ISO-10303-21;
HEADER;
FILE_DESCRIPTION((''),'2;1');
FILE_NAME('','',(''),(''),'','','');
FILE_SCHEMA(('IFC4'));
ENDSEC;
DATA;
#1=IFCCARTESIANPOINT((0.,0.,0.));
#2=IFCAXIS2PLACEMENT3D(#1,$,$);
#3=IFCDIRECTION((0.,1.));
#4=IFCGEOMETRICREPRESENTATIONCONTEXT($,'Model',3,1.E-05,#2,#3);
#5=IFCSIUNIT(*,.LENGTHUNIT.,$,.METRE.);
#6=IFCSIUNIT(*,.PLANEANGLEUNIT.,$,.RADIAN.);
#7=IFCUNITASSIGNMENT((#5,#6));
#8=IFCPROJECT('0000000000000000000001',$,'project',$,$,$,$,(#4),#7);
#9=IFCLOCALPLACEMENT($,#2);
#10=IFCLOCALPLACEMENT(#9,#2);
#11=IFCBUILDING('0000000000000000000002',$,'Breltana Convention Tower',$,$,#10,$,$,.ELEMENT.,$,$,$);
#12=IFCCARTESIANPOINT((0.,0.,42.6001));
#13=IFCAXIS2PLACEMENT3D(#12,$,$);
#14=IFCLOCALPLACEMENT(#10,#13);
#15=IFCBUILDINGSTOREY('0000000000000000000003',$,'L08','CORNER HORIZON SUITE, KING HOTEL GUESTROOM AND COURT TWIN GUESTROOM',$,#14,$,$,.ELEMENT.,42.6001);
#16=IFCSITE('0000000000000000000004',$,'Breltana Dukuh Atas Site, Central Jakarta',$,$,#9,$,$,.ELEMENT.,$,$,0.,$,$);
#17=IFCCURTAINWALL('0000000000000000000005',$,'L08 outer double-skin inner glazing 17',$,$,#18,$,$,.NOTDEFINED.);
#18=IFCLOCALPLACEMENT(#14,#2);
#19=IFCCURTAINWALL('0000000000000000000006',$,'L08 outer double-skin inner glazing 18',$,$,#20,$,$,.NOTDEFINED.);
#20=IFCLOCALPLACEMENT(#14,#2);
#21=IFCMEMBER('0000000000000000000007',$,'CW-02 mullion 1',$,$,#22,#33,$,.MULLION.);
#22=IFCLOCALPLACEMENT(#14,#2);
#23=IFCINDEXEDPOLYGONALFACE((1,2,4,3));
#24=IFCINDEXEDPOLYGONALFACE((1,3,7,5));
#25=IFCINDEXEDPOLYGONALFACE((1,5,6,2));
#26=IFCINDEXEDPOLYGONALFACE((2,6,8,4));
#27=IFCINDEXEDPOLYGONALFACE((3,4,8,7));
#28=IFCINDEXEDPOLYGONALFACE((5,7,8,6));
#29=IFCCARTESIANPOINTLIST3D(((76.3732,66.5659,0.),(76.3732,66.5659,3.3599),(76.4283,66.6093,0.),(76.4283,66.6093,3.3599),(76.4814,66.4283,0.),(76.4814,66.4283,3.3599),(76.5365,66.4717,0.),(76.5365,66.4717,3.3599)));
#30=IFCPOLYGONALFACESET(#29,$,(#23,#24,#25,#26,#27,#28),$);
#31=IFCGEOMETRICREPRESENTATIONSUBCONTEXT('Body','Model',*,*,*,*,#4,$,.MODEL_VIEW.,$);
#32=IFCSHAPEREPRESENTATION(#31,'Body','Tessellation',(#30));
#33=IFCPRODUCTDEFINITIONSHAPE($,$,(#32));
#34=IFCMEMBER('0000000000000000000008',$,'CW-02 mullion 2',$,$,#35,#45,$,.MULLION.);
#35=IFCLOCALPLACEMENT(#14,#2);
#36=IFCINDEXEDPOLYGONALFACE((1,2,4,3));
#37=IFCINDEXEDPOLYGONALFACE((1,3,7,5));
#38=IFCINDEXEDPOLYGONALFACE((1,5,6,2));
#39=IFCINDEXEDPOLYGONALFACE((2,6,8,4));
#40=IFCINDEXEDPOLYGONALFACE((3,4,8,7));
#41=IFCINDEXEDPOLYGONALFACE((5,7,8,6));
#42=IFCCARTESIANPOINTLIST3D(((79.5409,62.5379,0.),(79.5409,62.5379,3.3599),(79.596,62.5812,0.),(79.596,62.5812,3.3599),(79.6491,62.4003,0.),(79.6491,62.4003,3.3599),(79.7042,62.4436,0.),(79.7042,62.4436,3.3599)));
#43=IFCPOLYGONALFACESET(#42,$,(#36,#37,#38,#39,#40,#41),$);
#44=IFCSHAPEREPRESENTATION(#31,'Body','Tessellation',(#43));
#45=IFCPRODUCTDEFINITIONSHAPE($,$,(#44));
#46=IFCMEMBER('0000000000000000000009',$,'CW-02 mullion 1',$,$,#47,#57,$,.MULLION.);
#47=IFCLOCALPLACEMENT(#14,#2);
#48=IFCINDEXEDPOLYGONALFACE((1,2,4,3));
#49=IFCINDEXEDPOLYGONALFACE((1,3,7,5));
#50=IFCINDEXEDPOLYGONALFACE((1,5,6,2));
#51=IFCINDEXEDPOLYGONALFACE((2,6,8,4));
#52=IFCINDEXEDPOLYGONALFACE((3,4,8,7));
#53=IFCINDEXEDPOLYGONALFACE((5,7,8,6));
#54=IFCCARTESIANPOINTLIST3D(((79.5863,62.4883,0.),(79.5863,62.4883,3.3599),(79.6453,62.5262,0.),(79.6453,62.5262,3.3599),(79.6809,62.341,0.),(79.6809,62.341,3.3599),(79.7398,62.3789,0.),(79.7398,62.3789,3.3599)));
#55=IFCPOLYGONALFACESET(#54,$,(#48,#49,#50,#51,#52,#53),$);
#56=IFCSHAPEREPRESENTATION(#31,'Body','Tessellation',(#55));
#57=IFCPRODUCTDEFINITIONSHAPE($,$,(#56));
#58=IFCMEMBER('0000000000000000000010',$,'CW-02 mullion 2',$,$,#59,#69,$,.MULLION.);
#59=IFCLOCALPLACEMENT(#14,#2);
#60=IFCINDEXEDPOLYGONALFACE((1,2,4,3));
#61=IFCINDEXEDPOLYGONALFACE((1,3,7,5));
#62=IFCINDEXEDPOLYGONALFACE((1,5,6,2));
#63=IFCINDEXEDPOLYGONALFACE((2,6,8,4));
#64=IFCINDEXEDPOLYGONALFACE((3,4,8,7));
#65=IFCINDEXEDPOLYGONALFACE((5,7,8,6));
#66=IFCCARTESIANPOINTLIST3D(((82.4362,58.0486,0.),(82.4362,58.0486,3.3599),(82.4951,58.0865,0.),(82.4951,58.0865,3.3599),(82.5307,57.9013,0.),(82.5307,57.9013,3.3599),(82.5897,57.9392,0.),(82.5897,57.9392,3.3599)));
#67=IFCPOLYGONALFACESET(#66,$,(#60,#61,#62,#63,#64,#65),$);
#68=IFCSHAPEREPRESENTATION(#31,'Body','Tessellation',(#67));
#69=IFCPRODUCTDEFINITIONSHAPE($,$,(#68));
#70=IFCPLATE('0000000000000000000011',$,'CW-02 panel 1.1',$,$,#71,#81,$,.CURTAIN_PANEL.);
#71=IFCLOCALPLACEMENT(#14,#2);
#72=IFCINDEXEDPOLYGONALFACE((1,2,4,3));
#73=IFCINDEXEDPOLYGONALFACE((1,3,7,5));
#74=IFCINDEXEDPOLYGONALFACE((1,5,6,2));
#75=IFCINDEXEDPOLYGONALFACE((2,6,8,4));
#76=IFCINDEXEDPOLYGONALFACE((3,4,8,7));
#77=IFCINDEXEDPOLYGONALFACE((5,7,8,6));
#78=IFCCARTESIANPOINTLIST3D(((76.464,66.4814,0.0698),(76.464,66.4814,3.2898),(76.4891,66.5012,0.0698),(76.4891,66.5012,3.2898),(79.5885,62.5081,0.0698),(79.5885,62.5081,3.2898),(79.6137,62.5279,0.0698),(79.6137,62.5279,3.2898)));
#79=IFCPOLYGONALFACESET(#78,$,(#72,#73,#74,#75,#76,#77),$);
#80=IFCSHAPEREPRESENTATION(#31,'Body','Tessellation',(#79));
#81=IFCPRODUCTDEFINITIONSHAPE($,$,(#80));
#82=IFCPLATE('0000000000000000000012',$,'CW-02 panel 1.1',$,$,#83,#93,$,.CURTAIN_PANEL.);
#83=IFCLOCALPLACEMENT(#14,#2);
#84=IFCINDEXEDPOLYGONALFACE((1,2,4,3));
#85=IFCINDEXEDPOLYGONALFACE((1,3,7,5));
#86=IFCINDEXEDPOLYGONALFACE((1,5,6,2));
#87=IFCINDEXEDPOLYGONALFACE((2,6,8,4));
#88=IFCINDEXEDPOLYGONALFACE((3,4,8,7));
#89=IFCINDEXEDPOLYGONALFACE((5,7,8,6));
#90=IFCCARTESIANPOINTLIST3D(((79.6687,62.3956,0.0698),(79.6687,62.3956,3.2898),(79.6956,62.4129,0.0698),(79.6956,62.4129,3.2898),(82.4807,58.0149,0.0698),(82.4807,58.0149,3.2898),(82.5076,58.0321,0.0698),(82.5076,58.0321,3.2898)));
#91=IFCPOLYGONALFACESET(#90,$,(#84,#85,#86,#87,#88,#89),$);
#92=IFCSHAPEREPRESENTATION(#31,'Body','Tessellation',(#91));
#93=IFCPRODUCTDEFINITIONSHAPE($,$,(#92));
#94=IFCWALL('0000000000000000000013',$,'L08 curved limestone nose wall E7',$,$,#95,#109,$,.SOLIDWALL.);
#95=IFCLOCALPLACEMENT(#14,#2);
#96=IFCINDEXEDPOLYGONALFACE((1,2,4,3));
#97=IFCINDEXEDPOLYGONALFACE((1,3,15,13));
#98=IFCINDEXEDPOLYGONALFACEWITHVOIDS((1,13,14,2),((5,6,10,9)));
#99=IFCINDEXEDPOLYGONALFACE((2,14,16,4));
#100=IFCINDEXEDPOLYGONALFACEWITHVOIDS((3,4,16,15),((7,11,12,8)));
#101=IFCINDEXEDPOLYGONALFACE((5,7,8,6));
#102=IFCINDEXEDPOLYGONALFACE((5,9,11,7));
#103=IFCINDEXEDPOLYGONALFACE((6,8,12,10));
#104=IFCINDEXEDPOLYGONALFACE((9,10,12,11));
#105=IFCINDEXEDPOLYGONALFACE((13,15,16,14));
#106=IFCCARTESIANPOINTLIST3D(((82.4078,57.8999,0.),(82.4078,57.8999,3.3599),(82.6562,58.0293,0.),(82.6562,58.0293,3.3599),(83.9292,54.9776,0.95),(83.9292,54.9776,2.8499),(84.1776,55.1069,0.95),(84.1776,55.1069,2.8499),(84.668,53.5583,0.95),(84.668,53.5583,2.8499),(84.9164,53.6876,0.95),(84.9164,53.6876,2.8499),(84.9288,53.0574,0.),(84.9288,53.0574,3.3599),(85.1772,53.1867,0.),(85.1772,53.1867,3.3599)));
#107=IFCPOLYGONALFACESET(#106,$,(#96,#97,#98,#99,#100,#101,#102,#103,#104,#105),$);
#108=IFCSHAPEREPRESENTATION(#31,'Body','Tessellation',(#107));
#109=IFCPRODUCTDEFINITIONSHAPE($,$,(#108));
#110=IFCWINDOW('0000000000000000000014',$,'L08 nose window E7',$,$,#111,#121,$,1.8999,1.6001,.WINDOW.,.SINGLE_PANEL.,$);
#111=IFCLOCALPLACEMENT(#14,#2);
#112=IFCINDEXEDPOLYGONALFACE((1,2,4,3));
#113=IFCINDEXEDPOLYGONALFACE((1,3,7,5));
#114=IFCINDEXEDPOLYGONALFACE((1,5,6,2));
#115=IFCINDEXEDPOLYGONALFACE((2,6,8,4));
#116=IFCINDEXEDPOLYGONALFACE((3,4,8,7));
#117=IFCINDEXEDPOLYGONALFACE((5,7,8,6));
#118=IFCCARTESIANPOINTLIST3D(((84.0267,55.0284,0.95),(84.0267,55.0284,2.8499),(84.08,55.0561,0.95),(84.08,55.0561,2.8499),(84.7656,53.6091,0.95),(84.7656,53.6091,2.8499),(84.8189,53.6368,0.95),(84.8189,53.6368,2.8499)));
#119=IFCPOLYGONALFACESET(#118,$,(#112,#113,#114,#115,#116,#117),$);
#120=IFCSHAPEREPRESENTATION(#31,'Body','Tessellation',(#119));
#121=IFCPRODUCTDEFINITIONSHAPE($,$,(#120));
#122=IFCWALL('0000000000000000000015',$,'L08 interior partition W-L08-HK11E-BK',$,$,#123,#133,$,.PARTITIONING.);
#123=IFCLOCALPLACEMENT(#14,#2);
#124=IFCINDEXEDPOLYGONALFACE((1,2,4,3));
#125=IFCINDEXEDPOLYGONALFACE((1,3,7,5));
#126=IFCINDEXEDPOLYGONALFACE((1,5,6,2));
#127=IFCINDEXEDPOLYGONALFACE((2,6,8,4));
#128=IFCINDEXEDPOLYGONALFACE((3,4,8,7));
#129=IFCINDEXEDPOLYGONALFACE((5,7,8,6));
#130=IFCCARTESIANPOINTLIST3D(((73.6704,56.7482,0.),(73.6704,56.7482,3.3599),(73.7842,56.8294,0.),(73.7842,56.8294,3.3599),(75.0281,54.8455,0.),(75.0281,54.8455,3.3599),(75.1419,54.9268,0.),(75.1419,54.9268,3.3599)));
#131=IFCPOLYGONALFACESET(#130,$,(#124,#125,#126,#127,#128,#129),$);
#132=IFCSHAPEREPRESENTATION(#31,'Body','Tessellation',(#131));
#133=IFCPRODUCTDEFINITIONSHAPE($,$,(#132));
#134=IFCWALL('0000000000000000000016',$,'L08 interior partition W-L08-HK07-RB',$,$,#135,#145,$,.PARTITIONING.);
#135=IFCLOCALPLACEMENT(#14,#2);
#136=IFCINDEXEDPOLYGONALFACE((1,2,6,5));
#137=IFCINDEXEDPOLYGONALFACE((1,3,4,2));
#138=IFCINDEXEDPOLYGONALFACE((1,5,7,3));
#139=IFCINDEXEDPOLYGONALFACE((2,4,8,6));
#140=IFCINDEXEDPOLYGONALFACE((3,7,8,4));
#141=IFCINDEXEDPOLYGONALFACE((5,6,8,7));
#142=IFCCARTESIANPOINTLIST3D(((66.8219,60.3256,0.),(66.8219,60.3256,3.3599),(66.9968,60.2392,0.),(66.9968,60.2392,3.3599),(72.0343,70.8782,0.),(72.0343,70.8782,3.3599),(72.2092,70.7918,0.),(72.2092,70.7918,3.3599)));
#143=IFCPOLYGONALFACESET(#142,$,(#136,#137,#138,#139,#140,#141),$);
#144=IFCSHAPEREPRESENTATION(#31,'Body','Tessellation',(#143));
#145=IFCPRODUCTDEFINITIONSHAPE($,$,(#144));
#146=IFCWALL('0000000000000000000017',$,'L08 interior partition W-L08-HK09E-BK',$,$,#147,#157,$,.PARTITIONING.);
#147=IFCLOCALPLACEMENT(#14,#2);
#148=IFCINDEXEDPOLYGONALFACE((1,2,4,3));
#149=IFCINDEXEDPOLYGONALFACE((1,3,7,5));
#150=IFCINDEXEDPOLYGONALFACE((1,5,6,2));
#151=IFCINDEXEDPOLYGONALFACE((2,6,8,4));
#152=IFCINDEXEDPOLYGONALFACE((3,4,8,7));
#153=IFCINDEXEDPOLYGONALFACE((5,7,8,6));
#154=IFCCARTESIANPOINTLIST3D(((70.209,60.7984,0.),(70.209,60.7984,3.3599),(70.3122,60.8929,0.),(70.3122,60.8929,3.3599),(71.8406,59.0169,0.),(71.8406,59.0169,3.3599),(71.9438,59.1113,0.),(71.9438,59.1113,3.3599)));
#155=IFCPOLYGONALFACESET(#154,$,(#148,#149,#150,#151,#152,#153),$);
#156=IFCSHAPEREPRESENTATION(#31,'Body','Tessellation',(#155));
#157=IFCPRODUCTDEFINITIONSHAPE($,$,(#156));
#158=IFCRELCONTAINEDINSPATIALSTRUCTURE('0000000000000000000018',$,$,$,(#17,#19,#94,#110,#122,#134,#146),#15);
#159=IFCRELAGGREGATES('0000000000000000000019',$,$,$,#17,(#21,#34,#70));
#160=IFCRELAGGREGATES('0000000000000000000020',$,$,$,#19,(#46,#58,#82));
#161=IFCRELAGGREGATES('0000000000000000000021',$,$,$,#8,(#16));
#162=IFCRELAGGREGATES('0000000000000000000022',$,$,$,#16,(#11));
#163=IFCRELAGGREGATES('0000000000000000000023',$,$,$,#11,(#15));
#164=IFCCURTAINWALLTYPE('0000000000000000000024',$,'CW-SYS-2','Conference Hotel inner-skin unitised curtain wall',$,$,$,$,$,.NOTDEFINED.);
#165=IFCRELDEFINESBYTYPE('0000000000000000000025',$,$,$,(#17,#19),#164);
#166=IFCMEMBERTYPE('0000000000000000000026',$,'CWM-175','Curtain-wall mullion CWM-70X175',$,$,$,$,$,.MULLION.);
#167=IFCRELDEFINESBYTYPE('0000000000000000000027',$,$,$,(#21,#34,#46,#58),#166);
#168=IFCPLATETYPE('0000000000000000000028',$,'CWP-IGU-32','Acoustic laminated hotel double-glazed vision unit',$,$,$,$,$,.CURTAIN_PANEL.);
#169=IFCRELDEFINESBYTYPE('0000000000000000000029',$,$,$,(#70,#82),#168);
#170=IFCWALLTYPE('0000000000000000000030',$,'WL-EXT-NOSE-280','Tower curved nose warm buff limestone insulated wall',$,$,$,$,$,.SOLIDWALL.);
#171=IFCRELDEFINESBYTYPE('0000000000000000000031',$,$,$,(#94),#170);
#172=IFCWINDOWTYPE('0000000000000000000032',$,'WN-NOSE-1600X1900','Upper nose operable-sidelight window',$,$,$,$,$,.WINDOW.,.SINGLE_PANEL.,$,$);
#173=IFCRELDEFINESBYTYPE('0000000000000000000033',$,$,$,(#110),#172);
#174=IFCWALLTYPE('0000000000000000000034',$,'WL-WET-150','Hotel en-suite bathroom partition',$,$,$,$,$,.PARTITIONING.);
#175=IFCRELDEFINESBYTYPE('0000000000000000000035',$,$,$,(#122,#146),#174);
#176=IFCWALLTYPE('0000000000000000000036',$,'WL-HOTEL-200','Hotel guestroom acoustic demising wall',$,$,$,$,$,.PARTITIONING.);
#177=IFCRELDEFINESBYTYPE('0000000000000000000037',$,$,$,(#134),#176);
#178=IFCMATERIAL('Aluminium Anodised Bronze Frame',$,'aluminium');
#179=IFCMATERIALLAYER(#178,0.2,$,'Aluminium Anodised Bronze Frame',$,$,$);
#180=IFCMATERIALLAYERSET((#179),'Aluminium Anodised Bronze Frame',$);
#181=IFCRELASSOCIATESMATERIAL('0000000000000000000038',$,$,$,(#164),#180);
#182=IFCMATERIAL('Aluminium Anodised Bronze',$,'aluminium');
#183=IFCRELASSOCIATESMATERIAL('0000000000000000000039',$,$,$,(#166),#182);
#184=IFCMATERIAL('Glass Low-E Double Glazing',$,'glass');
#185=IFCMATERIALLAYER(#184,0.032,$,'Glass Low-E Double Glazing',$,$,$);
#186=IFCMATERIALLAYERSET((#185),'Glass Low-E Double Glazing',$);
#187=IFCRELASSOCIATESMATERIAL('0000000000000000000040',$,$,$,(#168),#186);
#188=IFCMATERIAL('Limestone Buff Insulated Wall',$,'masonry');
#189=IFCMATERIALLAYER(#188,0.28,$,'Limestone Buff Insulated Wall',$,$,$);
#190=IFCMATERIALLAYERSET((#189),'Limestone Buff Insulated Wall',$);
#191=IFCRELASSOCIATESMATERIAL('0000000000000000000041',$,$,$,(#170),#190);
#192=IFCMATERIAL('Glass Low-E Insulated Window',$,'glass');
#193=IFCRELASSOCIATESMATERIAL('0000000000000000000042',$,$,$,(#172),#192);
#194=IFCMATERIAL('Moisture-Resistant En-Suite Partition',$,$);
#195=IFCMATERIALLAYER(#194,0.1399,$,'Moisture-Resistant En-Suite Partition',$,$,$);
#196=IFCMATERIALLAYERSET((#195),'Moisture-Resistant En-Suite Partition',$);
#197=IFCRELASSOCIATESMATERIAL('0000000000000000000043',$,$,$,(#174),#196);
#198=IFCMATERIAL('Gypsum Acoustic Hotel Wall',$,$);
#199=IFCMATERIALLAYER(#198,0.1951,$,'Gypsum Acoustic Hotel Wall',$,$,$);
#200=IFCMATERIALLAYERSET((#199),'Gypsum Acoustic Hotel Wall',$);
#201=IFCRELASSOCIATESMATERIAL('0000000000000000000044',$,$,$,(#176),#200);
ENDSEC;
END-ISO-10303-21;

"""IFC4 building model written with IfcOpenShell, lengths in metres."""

from ifc_helpers import new_model, si_unit, direction, frame, frame_2d, origin, origin_2d, place, context, subcontext, project, spatial, rectangle, extrude, source, transform, mapped, material, layer, layer_set, material_profile, profile_set, type_object, type_shapes, element, fill, aggregate, save


model = new_model("IFC4")

# Units and contexts
model_context = context("Model", 3, precision=1e-05, world=origin(), true_north=direction((0.0, 1.0)))
body_context = subcontext(model_context, "Body", "Model", "MODEL_VIEW")
ifc_project = project(units=[si_unit("LENGTHUNIT", "METRE"), si_unit("PLANEANGLEUNIT", "RADIAN")], contexts=[model_context])

# Site, building, storey
site_placement = place(None, origin())
site = spatial("IfcSite", under=ifc_project, at=site_placement, Name="Breltana Dukuh Atas Site, Central Jakarta", CompositionType="ELEMENT", RefElevation=0.0)
building_placement = place(site_placement, origin())
building = spatial("IfcBuilding", under=site, at=building_placement, Name="Breltana Convention Tower", CompositionType="ELEMENT")
storey_placement = place(building_placement, frame((0.0, 0.0, 42.6001)))
storey = spatial("IfcBuildingStorey", under=building, at=storey_placement, Name="L08", Description="CORNER HORIZON SUITE, KING HOTEL GUESTROOM AND COURT TWIN GUESTROOM", CompositionType="ELEMENT", Elevation=42.6001)

# Curtain walls
ifc_material_1 = material(Name="Aluminium Anodised Bronze Frame", Category="aluminium")
ifc_layer_1 = layer(ifc_material_1, 0.2, Name="Aluminium Anodised Bronze Frame")
ifc_layer_set_1 = layer_set([ifc_layer_1], Name="Aluminium Anodised Bronze Frame")
curtain_wall_type = type_object("IfcCurtainWallType", Name="CW-SYS-2", Description="Conference Hotel inner-skin unitised curtain wall", PredefinedType="NOTDEFINED", material=ifc_layer_set_1)
curtain_wall_1_placement = place(storey_placement, origin())
curtain_wall_1 = element("IfcCurtainWall", 1, at=curtain_wall_1_placement, inside=storey, type_object=curtain_wall_type, Name="L08 outer double-skin inner glazing 17", PredefinedType="NOTDEFINED")
ifc_material_2 = material(Name="Aluminium Anodised Bronze", Category="aluminium")
curtain_wall_2_placement = place(storey_placement, origin())
curtain_wall_2 = element("IfcCurtainWall", 2, at=curtain_wall_2_placement, inside=storey, type_object=curtain_wall_type, Name="L08 outer double-skin inner glazing 18", PredefinedType="NOTDEFINED")

# Shared definitions
ifc_material_profile_1 = material_profile(ifc_material_2, rectangle(XDim=0.0701, YDim=0.175, at=origin_2d()), Name="CWM-70X175")
ifc_profile_set_1 = profile_set([ifc_material_profile_1], Name="Aluminium Anodised Bronze")
member_type_1 = type_object("IfcMemberType", Name="CWM-175", Description="Curtain-wall mullion CWM-70X175", PredefinedType="MULLION", material=ifc_profile_set_1)
shared_shape_1 = source(origin(), body_context, "Body", "SweptSolid", [
    extrude(rectangle(XDim=0.0701, YDim=0.175, at=origin_2d()), origin(), (0.0, 0.0, 1.0), 3.3599),
])

# Members
member_1_placement = place(storey_placement, frame((76.4548, 66.5188, 0.0), z_axis=(0.0, 0.0, 1.0), x_axis=(0.786057, 0.618154, 0.0)))
member_1 = element("IfcMember", 3, at=member_1_placement, type_object=member_type_1, Name="CW-02 mullion 1", PredefinedType="MULLION", context=body_context, shape_type="MappedRepresentation", body=[
    mapped(shared_shape_1, transform((0.0, 0.0, 0.0), scale=1.0)),
])
member_2_placement = place(storey_placement, frame((79.6226, 62.4907, 0.0), z_axis=(0.0, 0.0, 1.0), x_axis=(0.786057, 0.618154, 0.0)))
member_2 = element("IfcMember", 4, at=member_2_placement, type_object=member_type_1, Name="CW-02 mullion 2", PredefinedType="MULLION", context=body_context, shape_type="MappedRepresentation", body=[
    mapped(shared_shape_1, transform((0.0, 0.0, 0.0), scale=1.0)),
])
member_3_placement = place(storey_placement, frame((79.6631, 62.4336, 0.0), z_axis=(0.0, 0.0, 1.0), x_axis=(0.841549, 0.540181, 0.0)))
member_3 = element("IfcMember", 5, at=member_3_placement, type_object=member_type_1, Name="CW-02 mullion 1", PredefinedType="MULLION", context=body_context, shape_type="MappedRepresentation", body=[
    mapped(shared_shape_1, transform((0.0, 0.0, 0.0), scale=1.0)),
])
member_4_placement = place(storey_placement, frame((82.5129, 57.9939, 0.0), z_axis=(0.0, 0.0, 1.0), x_axis=(0.841549, 0.540181, 0.0)))
member_4 = element("IfcMember", 6, at=member_4_placement, type_object=member_type_1, Name="CW-02 mullion 2", PredefinedType="MULLION", context=body_context, shape_type="MappedRepresentation", body=[
    mapped(shared_shape_1, transform((0.0, 0.0, 0.0), scale=1.0)),
])

# Plates
ifc_material_3 = material(Name="Glass Low-E Double Glazing", Category="glass")
ifc_layer_2 = layer(ifc_material_3, 0.032, Name="Glass Low-E Double Glazing")
ifc_layer_set_2 = layer_set([ifc_layer_2], Name="Glass Low-E Double Glazing")
plate_type = type_object("IfcPlateType", Name="CWP-IGU-32", Description="Acoustic laminated hotel double-glazed vision unit", PredefinedType="CURTAIN_PANEL", material=ifc_layer_set_2)
shared_shape_2 = source(origin(), body_context, "Body", "SweptSolid", [
    extrude(rectangle(XDim=5.0547, YDim=0.032, at=origin_2d()), origin(), (0.0, 0.0, 1.0), 3.22),
])
plate_1_placement = place(storey_placement, frame((78.0388, 64.5046, 0.0698), z_axis=(0.0, 0.0, 1.0), x_axis=(0.618154, -0.786057, 0.0)))
plate_1 = element("IfcPlate", 7, at=plate_1_placement, type_object=plate_type, Name="CW-02 panel 1.1", PredefinedType="CURTAIN_PANEL", context=body_context, shape_type="MappedRepresentation", body=[
    mapped(shared_shape_2, transform((0.0, 0.0, 0.0), scale=1.0)),
])
aggregate(curtain_wall_1, [member_1, member_2, plate_1])
shared_shape_3 = source(origin(), body_context, "Body", "SweptSolid", [
    extrude(rectangle(XDim=5.2056, YDim=0.032, at=origin_2d()), origin(), (0.0, 0.0, 1.0), 3.22),
])
plate_2_placement = place(storey_placement, frame((81.0881, 60.2139, 0.0698), z_axis=(0.0, 0.0, 1.0), x_axis=(0.540181, -0.841549, 0.0)))
plate_2 = element("IfcPlate", 8, at=plate_2_placement, type_object=plate_type, Name="CW-02 panel 1.1", PredefinedType="CURTAIN_PANEL", context=body_context, shape_type="MappedRepresentation", body=[
    mapped(shared_shape_3, transform((0.0, 0.0, 0.0), scale=1.0)),
])
aggregate(curtain_wall_2, [member_3, member_4, plate_2])

# Wall, opening, window
ifc_material_4 = material(Name="Limestone Buff Insulated Wall", Category="masonry")
ifc_layer_3 = layer(ifc_material_4, 0.28, Name="Limestone Buff Insulated Wall")
ifc_layer_set_3 = layer_set([ifc_layer_3], Name="Limestone Buff Insulated Wall")
wall_type_1 = type_object("IfcWallType", Name="WL-EXT-NOSE-280", Description="Tower curved nose warm buff limestone insulated wall", PredefinedType="SOLIDWALL", material=ifc_layer_set_3)
shared_shape_4 = source(origin(), body_context, "Body", "SweptSolid", [
    extrude(rectangle(XDim=5.4595, YDim=0.28, at=frame_2d((2.7297, 0.0))), origin(), (0.0, 0.0, 1.0), 3.3599),
])
wall_1_placement = place(storey_placement, frame((82.532, 57.9646, 0.0), z_axis=(0.0, 0.0, 1.0), x_axis=(0.461768, -0.887001, 0.0)))
wall_1 = element("IfcWall", 9, at=wall_1_placement, inside=storey, type_object=wall_type_1, Name="L08 curved limestone nose wall E7", PredefinedType="SOLIDWALL", context=body_context, shape_type="MappedRepresentation", body=[
    mapped(shared_shape_4, transform((0.0, 0.0, 0.0), scale=1.0)),
])
opening_1_placement = place(wall_1_placement, frame((3.2947, 0.0, 0.95)))
opening_1 = element("IfcOpeningElement", 10, at=opening_1_placement, cuts=wall_1, PredefinedType="OPENING", context=body_context, shape_type="SweptSolid", body=[
    extrude(rectangle(XDim=1.6001, YDim=1.8999, at=frame_2d((0.8, 0.95))), frame((0.0, 0.1499, 0.0), z_axis=(0.0, -1.0, 0.0), x_axis=(1.0, 0.0, 0.0)), (0.0, 0.0, 1.0), 0.3),
])
ifc_material_5 = material(Name="Glass Low-E Insulated Window", Category="glass")
window_type = type_object("IfcWindowType", Name="WN-NOSE-1600X1900", Description="Upper nose operable-sidelight window", PartitioningType="SINGLE_PANEL", PredefinedType="WINDOW", material=ifc_material_5)
shared_shape_5 = source(origin(), body_context, "Body", "SweptSolid", [
    extrude(rectangle(XDim=1.6001, YDim=1.8999, at=frame_2d((0.8, 0.95))), frame((0.0, 0.03, 0.0), z_axis=(0.0, -1.0, 0.0), x_axis=(1.0, 0.0, 0.0)), (0.0, 0.0, 1.0), 0.0601),
])
type_shapes(window_type, [shared_shape_5])
window_placement = place(opening_1_placement, origin())
window = element("IfcWindow", 11, at=window_placement, inside=storey, type_object=window_type, Name="L08 nose window E7", OverallHeight=1.8999, OverallWidth=1.6001, PartitioningType="SINGLE_PANEL", PredefinedType="WINDOW", context=body_context, shape_type="MappedRepresentation", body=[
    mapped(shared_shape_5, transform((0.0, 0.0, 0.0), scale=1.0)),
])
fill(opening_1, window)

# Wall
ifc_material_6 = material(Name="Moisture-Resistant En-Suite Partition")
ifc_layer_4 = layer(ifc_material_6, 0.1399, Name="Moisture-Resistant En-Suite Partition")
ifc_layer_set_4 = layer_set([ifc_layer_4], Name="Moisture-Resistant En-Suite Partition")
wall_type_2 = type_object("IfcWallType", Name="WL-WET-150", Description="Hotel en-suite bathroom partition", PredefinedType="PARTITIONING", material=ifc_layer_set_4)
shared_shape_6 = source(origin(), body_context, "Body", "SweptSolid", [
    extrude(rectangle(XDim=2.3374, YDim=0.1399, at=frame_2d((1.1687, 0.0))), origin(), (0.0, 0.0, 1.0), 3.3599),
])
wall_2_placement = place(storey_placement, frame((73.7273, 56.7888, 0.0), z_axis=(0.0, 0.0, 1.0), x_axis=(0.580863, -0.814002, 0.0)))
element("IfcWall", 12, at=wall_2_placement, inside=storey, type_object=wall_type_2, Name="L08 interior partition W-L08-HK11E-BK", PredefinedType="PARTITIONING", context=body_context, shape_type="MappedRepresentation", body=[
    mapped(shared_shape_6, transform((0.0, 0.0, 0.0), scale=1.0)),
])

# Shared definitions
ifc_material_7 = material(Name="Gypsum Acoustic Hotel Wall")
ifc_layer_5 = layer(ifc_material_7, 0.1951, Name="Gypsum Acoustic Hotel Wall")
ifc_layer_set_5 = layer_set([ifc_layer_5], Name="Gypsum Acoustic Hotel Wall")
wall_type_3 = type_object("IfcWallType", Name="WL-HOTEL-200", Description="Hotel guestroom acoustic demising wall", PredefinedType="PARTITIONING", material=ifc_layer_set_5)

# Walls
shared_shape_7 = source(origin(), body_context, "Body", "SweptSolid", [
    extrude(rectangle(XDim=11.7698, YDim=0.1951, at=frame_2d((5.8848, 0.0))), origin(), (0.0, 0.0, 1.0), 3.3599),
])
wall_3_placement = place(storey_placement, frame((66.9094, 60.2825, 0.0), z_axis=(0.0, 0.0, 1.0), x_axis=(0.442861, 0.89659, 0.0)))
element("IfcWall", 13, at=wall_3_placement, inside=storey, type_object=wall_type_3, Name="L08 interior partition W-L08-HK07-RB", PredefinedType="PARTITIONING", context=body_context, shape_type="MappedRepresentation", body=[
    mapped(shared_shape_7, transform((0.0, 0.0, 0.0), scale=1.0)),
])
shared_shape_8 = source(origin(), body_context, "Body", "SweptSolid", [
    extrude(rectangle(XDim=2.4158, YDim=0.1399, at=frame_2d((1.208, 0.0))), origin(), (0.0, 0.0, 1.0), 3.3599),
])
wall_4_placement = place(storey_placement, frame((70.2605, 60.8457, 0.0), z_axis=(0.0, 0.0, 1.0), x_axis=(0.6754, -0.737452, 0.0)))
element("IfcWall", 14, at=wall_4_placement, inside=storey, type_object=wall_type_2, Name="L08 interior partition W-L08-HK09E-BK", PredefinedType="PARTITIONING", context=body_context, shape_type="MappedRepresentation", body=[
    mapped(shared_shape_8, transform((0.0, 0.0, 0.0), scale=1.0)),
])

save(model, "model.ifc")
